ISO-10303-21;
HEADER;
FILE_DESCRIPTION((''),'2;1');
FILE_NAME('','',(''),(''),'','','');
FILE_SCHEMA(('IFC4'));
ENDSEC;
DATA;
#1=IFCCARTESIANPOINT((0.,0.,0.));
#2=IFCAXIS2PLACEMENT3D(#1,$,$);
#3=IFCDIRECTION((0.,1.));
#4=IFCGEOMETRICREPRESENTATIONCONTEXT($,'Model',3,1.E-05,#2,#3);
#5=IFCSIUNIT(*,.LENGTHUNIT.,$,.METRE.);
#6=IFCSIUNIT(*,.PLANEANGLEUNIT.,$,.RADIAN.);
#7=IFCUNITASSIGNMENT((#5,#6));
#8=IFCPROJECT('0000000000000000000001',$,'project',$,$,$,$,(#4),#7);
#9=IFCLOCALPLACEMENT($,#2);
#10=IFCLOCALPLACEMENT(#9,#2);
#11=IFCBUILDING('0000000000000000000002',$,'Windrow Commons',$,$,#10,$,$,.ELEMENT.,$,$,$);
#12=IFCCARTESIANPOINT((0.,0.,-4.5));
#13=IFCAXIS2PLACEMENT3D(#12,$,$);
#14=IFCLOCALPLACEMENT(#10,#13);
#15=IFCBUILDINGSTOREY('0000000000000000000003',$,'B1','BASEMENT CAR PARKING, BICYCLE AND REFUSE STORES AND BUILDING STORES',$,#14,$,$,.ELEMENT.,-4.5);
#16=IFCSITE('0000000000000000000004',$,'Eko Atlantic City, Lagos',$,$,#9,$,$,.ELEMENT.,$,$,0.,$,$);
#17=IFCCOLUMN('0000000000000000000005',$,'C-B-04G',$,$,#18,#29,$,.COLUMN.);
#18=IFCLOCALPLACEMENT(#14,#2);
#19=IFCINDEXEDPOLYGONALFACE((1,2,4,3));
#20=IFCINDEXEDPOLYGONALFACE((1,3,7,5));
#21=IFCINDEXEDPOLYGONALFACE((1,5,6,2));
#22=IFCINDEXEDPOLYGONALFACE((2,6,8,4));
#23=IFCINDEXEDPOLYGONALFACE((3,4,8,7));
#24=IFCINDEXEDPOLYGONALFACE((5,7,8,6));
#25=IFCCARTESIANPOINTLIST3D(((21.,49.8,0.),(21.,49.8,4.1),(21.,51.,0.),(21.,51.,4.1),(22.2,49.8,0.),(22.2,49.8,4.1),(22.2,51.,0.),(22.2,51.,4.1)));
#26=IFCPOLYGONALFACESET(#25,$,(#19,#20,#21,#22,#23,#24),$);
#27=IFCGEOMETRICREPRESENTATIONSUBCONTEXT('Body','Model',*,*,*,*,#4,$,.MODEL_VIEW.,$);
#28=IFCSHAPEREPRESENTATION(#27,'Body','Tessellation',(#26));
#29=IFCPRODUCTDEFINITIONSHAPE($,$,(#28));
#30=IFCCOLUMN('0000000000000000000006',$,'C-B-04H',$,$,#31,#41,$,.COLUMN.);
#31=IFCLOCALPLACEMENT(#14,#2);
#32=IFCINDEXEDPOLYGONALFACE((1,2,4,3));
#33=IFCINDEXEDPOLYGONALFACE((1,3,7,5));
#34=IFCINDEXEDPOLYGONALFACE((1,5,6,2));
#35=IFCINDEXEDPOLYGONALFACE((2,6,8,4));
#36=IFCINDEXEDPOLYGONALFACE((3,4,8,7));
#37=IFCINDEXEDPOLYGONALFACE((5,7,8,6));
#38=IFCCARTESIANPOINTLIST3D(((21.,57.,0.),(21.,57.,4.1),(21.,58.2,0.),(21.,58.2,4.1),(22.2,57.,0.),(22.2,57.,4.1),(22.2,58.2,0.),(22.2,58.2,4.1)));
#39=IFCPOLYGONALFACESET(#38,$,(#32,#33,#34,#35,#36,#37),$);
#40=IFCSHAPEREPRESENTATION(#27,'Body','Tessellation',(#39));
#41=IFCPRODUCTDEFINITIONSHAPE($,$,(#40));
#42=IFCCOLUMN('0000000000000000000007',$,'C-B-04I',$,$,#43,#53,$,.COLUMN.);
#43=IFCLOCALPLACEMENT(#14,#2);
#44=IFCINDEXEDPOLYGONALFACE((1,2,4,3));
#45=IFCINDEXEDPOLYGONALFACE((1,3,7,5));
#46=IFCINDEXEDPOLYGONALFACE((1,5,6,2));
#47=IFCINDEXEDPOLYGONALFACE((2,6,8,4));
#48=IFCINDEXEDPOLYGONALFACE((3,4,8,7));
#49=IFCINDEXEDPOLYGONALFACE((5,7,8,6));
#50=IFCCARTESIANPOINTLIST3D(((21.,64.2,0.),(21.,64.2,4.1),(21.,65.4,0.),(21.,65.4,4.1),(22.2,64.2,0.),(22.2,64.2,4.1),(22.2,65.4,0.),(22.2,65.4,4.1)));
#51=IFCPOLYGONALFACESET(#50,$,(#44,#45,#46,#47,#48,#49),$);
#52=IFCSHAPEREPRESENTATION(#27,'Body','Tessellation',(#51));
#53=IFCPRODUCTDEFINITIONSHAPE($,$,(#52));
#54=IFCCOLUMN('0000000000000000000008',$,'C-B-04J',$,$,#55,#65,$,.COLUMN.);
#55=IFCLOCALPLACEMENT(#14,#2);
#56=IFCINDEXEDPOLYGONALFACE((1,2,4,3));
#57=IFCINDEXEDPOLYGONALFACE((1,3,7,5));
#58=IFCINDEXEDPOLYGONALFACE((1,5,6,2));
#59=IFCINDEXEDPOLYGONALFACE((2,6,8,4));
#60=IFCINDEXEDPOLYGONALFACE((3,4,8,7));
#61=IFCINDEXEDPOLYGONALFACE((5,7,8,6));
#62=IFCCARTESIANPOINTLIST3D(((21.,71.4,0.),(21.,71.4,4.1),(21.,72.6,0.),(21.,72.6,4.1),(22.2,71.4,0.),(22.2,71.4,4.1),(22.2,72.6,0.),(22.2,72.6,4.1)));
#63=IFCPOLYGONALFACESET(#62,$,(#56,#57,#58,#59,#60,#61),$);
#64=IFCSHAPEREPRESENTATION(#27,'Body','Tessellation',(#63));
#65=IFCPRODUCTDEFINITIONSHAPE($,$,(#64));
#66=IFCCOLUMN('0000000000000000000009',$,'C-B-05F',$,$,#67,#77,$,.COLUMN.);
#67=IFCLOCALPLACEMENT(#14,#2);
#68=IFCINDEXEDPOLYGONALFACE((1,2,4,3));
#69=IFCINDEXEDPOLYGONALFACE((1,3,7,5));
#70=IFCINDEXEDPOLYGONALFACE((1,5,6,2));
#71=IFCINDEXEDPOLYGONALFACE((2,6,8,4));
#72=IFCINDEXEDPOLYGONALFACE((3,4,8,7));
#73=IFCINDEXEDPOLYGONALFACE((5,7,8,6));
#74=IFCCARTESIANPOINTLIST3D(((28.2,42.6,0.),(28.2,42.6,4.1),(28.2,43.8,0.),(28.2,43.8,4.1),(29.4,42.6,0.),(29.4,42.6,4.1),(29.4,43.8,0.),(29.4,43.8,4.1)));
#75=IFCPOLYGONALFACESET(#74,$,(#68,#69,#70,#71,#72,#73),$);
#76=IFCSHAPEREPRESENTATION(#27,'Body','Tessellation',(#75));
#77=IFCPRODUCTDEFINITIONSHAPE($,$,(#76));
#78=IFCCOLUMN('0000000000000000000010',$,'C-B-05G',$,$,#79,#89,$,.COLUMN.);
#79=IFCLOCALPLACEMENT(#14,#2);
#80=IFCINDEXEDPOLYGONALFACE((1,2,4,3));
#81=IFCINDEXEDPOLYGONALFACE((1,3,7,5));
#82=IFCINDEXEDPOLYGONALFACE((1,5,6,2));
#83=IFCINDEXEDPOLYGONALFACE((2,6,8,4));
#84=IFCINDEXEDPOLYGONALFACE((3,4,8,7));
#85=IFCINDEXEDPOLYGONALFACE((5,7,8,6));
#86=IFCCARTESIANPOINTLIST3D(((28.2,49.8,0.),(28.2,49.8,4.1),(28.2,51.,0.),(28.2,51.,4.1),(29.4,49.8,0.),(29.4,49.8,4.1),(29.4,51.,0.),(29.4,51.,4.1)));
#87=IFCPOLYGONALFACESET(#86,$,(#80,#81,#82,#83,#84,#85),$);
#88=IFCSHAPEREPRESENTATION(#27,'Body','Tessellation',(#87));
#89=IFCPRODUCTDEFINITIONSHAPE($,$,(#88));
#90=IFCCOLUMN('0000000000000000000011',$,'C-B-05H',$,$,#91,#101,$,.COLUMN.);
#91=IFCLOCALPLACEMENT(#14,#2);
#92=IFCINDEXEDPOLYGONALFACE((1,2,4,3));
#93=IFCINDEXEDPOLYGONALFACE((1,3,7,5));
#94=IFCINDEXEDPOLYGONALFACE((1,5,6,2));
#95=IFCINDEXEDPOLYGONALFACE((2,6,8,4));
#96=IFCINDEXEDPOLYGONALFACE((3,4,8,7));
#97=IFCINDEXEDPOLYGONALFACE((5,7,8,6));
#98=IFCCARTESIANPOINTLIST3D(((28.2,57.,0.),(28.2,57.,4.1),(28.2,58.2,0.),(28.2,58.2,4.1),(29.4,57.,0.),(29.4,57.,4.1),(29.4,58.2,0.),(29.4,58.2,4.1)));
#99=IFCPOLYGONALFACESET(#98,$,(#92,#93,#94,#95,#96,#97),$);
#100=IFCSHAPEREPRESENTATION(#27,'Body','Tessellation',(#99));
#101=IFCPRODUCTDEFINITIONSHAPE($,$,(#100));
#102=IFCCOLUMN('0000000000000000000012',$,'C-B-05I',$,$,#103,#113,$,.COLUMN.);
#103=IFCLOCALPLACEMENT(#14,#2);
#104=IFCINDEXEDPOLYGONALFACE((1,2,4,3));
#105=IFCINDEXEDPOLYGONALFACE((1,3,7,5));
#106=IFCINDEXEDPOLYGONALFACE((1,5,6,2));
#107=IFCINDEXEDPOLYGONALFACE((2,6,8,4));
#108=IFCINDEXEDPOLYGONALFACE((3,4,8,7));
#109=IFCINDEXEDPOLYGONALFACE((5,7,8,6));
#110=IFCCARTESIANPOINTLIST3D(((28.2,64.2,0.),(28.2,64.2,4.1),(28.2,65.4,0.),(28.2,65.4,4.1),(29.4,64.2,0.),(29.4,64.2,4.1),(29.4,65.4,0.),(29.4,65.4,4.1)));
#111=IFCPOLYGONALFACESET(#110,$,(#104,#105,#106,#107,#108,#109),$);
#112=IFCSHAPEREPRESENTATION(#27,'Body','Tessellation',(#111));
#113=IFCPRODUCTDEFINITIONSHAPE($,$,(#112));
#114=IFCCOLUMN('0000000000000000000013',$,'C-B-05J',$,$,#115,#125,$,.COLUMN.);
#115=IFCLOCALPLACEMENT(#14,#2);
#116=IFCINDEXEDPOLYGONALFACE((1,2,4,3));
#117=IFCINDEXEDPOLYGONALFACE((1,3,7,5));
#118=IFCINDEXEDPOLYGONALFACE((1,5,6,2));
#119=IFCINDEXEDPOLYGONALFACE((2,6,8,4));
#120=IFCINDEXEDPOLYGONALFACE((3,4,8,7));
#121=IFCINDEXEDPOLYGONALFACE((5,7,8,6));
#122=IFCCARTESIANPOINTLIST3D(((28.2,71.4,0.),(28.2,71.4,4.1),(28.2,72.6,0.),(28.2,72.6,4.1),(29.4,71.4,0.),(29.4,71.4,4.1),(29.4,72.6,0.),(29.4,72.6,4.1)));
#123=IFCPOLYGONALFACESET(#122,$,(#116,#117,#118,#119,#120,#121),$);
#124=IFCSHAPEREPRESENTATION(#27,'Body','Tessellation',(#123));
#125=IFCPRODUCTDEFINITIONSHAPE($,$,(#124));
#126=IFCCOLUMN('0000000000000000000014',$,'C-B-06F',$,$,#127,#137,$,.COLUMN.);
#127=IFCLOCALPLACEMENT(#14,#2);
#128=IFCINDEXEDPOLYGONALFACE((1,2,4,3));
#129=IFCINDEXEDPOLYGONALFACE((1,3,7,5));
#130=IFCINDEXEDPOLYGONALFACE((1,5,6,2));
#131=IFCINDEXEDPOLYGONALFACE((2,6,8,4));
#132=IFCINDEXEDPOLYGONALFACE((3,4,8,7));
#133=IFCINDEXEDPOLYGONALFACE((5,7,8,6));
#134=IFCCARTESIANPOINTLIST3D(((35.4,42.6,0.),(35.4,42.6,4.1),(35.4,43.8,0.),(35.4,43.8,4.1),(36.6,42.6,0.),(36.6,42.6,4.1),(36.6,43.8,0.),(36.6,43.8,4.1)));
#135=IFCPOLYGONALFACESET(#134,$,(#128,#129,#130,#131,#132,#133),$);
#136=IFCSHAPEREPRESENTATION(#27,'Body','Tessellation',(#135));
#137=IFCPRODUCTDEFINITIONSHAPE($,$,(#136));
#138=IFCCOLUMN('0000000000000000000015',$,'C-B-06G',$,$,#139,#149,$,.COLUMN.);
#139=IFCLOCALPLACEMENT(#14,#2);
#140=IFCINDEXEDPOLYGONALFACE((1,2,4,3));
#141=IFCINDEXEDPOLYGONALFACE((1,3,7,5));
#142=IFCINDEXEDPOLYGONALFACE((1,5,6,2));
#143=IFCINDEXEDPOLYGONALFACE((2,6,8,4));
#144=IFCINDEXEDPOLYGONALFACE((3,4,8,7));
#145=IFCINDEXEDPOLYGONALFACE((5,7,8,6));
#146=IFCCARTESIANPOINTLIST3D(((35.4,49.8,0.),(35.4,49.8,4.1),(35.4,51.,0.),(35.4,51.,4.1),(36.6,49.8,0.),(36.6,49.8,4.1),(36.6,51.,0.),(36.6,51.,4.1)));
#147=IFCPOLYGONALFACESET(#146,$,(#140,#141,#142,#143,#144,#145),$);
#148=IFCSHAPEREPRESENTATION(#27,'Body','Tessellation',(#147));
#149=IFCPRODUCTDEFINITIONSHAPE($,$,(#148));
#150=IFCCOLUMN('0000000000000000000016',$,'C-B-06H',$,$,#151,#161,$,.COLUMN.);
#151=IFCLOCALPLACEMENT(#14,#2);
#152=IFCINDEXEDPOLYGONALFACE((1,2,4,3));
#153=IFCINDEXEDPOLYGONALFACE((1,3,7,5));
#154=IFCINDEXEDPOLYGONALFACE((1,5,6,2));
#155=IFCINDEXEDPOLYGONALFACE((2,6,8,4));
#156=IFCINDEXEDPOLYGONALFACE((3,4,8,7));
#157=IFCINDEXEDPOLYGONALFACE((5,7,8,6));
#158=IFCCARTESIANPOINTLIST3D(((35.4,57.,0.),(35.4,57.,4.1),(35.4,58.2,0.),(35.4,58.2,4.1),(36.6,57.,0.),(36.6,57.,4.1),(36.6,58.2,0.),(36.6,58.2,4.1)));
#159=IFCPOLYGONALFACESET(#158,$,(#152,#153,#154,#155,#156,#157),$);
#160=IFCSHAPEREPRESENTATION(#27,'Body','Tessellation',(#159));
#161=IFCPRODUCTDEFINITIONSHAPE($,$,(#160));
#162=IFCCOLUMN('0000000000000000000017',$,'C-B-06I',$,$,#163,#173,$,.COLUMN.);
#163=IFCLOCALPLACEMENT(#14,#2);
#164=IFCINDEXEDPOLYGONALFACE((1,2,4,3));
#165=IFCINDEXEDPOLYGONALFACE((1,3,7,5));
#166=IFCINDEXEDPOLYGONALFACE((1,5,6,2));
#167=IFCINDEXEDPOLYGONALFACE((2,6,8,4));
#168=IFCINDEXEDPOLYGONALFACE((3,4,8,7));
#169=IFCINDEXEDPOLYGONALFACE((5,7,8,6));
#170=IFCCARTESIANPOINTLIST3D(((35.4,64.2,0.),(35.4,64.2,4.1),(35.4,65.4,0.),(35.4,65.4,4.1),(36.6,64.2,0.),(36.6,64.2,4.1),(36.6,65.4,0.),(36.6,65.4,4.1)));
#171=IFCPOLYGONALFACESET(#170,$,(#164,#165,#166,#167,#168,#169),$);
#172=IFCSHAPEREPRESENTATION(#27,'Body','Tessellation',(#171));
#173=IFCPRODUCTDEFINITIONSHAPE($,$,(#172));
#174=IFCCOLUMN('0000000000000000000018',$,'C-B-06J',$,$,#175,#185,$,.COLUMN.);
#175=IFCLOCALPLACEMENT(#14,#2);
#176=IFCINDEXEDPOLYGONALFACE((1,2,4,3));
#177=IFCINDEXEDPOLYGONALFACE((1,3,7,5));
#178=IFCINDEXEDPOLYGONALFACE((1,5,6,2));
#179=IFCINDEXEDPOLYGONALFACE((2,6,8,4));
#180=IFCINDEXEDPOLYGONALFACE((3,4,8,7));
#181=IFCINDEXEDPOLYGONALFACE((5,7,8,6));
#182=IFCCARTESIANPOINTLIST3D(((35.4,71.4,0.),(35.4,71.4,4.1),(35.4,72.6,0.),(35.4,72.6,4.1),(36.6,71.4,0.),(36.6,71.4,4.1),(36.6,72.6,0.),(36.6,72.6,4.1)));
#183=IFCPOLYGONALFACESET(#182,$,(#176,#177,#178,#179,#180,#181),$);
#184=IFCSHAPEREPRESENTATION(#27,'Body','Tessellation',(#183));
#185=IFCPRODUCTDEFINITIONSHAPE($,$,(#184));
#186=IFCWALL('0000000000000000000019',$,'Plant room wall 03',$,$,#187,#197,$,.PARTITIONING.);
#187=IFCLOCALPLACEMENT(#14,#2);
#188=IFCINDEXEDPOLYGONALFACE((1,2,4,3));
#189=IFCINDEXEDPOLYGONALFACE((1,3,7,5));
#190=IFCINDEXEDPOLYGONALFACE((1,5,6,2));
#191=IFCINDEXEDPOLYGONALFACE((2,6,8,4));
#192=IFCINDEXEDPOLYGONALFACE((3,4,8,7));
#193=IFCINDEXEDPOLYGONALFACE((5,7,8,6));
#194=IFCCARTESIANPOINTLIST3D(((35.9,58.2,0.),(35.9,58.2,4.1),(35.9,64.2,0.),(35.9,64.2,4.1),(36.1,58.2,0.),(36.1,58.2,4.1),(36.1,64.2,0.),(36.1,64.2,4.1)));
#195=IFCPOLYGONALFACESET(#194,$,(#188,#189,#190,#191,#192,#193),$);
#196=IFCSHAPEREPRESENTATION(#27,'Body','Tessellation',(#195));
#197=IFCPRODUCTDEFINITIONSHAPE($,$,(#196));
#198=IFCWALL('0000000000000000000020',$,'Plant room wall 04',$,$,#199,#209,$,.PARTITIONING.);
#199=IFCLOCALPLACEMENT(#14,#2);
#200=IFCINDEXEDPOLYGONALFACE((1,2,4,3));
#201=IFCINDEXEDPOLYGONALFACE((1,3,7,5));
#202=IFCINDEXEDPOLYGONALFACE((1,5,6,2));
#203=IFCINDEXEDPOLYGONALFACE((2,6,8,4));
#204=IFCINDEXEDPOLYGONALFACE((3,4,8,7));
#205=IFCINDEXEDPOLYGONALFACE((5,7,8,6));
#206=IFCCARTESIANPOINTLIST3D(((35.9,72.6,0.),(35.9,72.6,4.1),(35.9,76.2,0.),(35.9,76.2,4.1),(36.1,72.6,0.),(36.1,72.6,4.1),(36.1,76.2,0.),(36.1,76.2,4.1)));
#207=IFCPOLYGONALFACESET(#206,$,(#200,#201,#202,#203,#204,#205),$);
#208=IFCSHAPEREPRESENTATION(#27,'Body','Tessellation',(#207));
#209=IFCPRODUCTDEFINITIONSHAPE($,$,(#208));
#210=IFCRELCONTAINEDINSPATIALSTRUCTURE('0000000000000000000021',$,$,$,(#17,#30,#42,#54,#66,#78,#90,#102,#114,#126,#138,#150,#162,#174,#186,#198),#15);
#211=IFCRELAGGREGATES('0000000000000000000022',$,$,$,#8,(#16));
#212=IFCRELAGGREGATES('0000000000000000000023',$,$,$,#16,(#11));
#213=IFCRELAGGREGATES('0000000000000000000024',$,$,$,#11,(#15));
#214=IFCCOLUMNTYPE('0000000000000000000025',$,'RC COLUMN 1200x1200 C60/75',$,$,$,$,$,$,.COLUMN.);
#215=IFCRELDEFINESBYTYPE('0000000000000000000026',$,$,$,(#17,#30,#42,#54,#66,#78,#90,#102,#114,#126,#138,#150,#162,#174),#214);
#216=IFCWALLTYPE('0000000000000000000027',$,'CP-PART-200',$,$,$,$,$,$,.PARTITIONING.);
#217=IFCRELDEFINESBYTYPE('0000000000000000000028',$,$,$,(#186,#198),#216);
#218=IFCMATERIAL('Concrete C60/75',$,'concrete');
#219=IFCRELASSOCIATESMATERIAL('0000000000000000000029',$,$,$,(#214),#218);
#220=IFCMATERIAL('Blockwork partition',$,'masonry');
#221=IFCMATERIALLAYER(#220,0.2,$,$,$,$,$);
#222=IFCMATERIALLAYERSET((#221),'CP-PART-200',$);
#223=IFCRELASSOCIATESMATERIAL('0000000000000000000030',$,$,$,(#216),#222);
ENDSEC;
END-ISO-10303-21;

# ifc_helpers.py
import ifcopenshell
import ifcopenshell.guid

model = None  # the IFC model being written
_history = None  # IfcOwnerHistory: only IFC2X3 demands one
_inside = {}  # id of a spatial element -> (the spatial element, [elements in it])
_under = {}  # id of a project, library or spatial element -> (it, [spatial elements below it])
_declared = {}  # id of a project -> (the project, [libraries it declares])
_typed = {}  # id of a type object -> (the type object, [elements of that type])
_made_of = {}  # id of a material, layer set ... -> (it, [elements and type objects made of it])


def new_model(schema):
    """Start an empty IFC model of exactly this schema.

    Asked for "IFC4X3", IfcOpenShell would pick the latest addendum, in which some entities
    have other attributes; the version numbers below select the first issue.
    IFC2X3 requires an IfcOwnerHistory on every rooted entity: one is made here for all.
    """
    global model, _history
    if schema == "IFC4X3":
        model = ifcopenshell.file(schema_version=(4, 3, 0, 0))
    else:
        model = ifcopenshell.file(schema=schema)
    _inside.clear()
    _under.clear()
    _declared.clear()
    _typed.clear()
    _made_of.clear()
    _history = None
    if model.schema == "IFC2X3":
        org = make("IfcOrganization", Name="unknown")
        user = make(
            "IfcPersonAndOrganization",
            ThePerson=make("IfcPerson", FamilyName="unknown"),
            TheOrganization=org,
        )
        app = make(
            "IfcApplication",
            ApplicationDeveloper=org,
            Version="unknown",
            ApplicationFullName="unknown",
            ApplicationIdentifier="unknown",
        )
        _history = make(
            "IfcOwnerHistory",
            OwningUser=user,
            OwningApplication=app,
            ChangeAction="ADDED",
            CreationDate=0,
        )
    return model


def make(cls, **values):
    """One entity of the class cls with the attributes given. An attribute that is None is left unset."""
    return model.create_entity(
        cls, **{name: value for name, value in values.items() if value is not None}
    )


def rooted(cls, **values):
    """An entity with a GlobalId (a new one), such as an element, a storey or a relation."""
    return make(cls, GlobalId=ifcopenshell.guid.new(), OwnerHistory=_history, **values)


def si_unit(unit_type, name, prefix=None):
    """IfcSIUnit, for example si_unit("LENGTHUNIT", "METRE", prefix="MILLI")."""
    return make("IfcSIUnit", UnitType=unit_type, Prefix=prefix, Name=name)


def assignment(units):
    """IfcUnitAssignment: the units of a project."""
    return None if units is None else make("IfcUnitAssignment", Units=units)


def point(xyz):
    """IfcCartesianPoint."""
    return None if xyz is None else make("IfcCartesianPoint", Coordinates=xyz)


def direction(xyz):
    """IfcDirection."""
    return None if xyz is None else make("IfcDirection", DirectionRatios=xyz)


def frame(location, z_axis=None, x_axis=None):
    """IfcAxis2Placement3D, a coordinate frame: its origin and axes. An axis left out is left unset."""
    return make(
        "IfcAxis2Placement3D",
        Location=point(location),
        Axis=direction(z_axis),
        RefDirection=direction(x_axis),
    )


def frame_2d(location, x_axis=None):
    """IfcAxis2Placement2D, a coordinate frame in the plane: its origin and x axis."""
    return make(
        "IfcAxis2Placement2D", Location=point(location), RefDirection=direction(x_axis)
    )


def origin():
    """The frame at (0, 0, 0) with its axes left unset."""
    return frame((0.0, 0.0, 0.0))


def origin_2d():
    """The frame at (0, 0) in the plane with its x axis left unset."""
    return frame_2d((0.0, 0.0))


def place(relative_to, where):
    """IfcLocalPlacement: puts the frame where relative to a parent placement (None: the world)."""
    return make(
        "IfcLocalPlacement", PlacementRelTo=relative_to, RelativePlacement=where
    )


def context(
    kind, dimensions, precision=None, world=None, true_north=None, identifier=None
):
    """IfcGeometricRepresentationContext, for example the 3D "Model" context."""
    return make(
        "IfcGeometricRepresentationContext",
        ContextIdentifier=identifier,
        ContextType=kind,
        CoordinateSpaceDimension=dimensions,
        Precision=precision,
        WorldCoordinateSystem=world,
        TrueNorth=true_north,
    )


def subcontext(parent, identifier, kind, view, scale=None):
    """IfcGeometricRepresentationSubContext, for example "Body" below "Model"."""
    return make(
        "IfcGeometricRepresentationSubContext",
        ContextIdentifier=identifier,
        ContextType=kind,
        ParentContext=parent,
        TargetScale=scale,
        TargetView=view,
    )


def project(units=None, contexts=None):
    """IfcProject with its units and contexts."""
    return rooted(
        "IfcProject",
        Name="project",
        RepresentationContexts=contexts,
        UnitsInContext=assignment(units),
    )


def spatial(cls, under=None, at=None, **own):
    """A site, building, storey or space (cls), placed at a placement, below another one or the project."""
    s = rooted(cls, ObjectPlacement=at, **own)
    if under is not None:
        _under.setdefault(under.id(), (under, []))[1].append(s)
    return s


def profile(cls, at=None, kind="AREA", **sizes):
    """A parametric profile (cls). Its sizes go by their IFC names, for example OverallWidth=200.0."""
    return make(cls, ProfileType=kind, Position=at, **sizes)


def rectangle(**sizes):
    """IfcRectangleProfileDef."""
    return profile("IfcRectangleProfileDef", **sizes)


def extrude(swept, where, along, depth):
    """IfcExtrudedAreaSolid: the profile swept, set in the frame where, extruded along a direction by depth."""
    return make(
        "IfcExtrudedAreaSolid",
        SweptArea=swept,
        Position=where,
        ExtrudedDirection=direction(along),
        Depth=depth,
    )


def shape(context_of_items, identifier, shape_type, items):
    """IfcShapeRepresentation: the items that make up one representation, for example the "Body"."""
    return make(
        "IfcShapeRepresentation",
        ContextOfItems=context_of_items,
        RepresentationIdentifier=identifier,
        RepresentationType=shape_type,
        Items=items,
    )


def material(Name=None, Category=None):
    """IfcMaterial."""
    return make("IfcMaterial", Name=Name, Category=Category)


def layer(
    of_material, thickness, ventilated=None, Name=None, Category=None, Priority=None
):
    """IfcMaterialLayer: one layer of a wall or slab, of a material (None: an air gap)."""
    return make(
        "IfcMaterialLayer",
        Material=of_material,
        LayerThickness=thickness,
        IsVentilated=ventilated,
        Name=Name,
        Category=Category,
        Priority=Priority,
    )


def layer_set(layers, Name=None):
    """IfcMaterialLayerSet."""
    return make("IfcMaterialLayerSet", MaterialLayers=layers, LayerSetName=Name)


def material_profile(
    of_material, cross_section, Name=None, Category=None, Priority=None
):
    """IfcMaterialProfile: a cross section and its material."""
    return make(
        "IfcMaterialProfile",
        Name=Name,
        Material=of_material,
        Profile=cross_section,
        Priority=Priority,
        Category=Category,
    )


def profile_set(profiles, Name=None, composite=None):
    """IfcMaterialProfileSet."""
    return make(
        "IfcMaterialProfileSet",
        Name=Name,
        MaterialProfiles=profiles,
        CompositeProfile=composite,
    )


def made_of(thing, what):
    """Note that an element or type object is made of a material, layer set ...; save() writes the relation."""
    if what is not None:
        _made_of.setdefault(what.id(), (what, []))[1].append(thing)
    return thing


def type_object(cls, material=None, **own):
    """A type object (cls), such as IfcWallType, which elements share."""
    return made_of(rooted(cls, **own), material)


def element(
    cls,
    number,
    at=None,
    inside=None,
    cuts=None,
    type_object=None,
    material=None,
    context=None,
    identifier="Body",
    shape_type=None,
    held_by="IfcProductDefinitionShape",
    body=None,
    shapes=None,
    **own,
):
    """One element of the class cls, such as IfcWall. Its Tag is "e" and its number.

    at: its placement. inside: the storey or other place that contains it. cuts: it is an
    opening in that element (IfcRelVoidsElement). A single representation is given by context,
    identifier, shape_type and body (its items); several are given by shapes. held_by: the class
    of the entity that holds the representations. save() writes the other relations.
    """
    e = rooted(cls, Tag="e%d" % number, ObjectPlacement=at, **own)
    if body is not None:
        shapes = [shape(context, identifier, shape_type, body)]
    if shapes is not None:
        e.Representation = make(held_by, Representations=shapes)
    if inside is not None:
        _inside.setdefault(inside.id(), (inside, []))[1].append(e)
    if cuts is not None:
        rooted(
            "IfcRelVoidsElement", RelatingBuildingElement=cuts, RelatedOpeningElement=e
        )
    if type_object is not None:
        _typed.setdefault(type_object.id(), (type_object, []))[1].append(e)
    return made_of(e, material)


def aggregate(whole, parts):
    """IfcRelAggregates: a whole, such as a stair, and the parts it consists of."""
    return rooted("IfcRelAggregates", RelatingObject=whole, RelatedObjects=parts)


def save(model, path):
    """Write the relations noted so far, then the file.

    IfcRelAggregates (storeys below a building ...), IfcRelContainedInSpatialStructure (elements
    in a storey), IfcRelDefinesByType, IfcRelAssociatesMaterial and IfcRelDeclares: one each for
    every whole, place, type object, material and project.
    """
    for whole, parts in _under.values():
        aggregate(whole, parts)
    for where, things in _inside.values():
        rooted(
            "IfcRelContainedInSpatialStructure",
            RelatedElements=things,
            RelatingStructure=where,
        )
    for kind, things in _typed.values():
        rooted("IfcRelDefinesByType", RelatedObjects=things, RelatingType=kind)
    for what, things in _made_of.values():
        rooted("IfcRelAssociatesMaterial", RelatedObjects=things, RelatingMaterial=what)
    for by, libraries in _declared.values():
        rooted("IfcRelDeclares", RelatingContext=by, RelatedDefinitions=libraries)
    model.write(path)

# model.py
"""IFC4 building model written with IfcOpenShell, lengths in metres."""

from ifc_helpers import new_model, si_unit, direction, frame, frame_2d, origin, origin_2d, place, context, subcontext, project, spatial, rectangle, extrude, material, layer, layer_set, material_profile, profile_set, type_object, element, save


model = new_model("IFC4")

# Units and contexts
model_context = context("Model", 3, precision=1e-05, world=origin(), true_north=direction((0.0, 1.0)))
body_context = subcontext(model_context, "Body", "Model", "MODEL_VIEW")
ifc_project = project(units=[si_unit("LENGTHUNIT", "METRE"), si_unit("PLANEANGLEUNIT", "RADIAN")], contexts=[model_context])

# Site, building, storey
site_placement = place(None, origin())
site = spatial("IfcSite", under=ifc_project, at=site_placement, Name="Eko Atlantic City, Lagos", CompositionType="ELEMENT", RefElevation=0.0)
building_placement = place(site_placement, origin())
building = spatial("IfcBuilding", under=site, at=building_placement, Name="Windrow Commons", CompositionType="ELEMENT")
storey_placement = place(building_placement, frame((0.0, 0.0, -4.5)))
storey = spatial("IfcBuildingStorey", under=building, at=storey_placement, Name="B1", Description="BASEMENT CAR PARKING, BICYCLE AND REFUSE STORES AND BUILDING STORES", CompositionType="ELEMENT", Elevation=-4.5)

# Columns
ifc_material_1 = material(Name="Concrete C60/75", Category="concrete")
ifc_material_profile = material_profile(ifc_material_1, rectangle(XDim=1.2, YDim=1.2, at=origin_2d()))
ifc_profile_set = profile_set([ifc_material_profile], Name="Concrete C60/75")
column_type = type_object("IfcColumnType", Name="RC COLUMN 1200x1200 C60/75", PredefinedType="COLUMN", material=ifc_profile_set)
for number, where, z_axis, x_axis, name in (
    (1, (21.6, 50.4, 0.0), (0.0, 0.0, 1.0), (1.0, 0.0, 0.0), "C-B-04G"),
    (2, (21.6, 57.6, 0.0), (0.0, 0.0, 1.0), (1.0, 0.0, 0.0), "C-B-04H"),
    (3, (21.6, 64.8, 0.0), (0.0, 0.0, 1.0), (1.0, 0.0, 0.0), "C-B-04I"),
    (4, (21.6, 72.0, 0.0), (0.0, 0.0, 1.0), (1.0, 0.0, 0.0), "C-B-04J"),
    (5, (28.8, 43.2, 0.0), (0.0, 0.0, 1.0), (1.0, 0.0, 0.0), "C-B-05F"),
    (6, (28.8, 50.4, 0.0), (0.0, 0.0, 1.0), (1.0, 0.0, 0.0), "C-B-05G"),
    (7, (28.8, 57.6, 0.0), (0.0, 0.0, 1.0), (1.0, 0.0, 0.0), "C-B-05H"),
    (8, (28.8, 64.8, 0.0), (0.0, 0.0, 1.0), (1.0, 0.0, 0.0), "C-B-05I"),
    (9, (28.8, 72.0, 0.0), (0.0, 0.0, 1.0), (1.0, 0.0, 0.0), "C-B-05J"),
    (10, (36.0, 43.2, 0.0), (0.0, 0.0, 1.0), (1.0, 0.0, 0.0), "C-B-06F"),
    (11, (36.0, 50.4, 0.0), (0.0, 0.0, 1.0), (1.0, 0.0, 0.0), "C-B-06G"),
    (12, (36.0, 57.6, 0.0), (0.0, 0.0, 1.0), (1.0, 0.0, 0.0), "C-B-06H"),
    (13, (36.0, 64.8, 0.0), (0.0, 0.0, 1.0), (1.0, 0.0, 0.0), "C-B-06I"),
    (14, (36.0, 72.0, 0.0), (0.0, 0.0, 1.0), (1.0, 0.0, 0.0), "C-B-06J"),
):
    element("IfcColumn", number, at=place(storey_placement, frame(where, z_axis=z_axis, x_axis=x_axis)), inside=storey, type_object=column_type, Name=name, PredefinedType="COLUMN", context=body_context, shape_type="SweptSolid", body=[
        extrude(rectangle(XDim=1.2, YDim=1.2, at=origin_2d()), origin(), (0.0, 0.0, 1.0), 4.1),
    ])

# Walls
ifc_material_2 = material(Name="Blockwork partition", Category="masonry")
ifc_layer_1 = layer(ifc_material_2, 0.2)
ifc_layer_set_1 = layer_set([ifc_layer_1], Name="CP-PART-200")
wall_type_1 = type_object("IfcWallType", Name="CP-PART-200", PredefinedType="PARTITIONING", material=ifc_layer_set_1)
wall_1_placement = place(storey_placement, frame((36.0, 58.2, 0.0), z_axis=(0.0, 0.0, 1.0), x_axis=(0.0, 1.0, 0.0)))
element("IfcWall", 15, at=wall_1_placement, inside=storey, type_object=wall_type_1, Name="Plant room wall 03", PredefinedType="PARTITIONING", context=body_context, shape_type="SweptSolid", body=[
    extrude(rectangle(XDim=6.0, YDim=0.2, at=frame_2d((3.0, 0.0))), origin(), (0.0, 0.0, 1.0), 4.1),
])
wall_2_placement = place(storey_placement, frame((36.0, 72.6, 0.0), z_axis=(0.0, 0.0, 1.0), x_axis=(0.0, 1.0, 0.0)))
element("IfcWall", 16, at=wall_2_placement, inside=storey, type_object=wall_type_1, Name="Plant room wall 04", PredefinedType="PARTITIONING", context=body_context, shape_type="SweptSolid", body=[
    extrude(rectangle(XDim=3.6, YDim=0.2, at=frame_2d((1.8, 0.0))), origin(), (0.0, 0.0, 1.0), 4.1),
])

save(model, "model.ifc")
